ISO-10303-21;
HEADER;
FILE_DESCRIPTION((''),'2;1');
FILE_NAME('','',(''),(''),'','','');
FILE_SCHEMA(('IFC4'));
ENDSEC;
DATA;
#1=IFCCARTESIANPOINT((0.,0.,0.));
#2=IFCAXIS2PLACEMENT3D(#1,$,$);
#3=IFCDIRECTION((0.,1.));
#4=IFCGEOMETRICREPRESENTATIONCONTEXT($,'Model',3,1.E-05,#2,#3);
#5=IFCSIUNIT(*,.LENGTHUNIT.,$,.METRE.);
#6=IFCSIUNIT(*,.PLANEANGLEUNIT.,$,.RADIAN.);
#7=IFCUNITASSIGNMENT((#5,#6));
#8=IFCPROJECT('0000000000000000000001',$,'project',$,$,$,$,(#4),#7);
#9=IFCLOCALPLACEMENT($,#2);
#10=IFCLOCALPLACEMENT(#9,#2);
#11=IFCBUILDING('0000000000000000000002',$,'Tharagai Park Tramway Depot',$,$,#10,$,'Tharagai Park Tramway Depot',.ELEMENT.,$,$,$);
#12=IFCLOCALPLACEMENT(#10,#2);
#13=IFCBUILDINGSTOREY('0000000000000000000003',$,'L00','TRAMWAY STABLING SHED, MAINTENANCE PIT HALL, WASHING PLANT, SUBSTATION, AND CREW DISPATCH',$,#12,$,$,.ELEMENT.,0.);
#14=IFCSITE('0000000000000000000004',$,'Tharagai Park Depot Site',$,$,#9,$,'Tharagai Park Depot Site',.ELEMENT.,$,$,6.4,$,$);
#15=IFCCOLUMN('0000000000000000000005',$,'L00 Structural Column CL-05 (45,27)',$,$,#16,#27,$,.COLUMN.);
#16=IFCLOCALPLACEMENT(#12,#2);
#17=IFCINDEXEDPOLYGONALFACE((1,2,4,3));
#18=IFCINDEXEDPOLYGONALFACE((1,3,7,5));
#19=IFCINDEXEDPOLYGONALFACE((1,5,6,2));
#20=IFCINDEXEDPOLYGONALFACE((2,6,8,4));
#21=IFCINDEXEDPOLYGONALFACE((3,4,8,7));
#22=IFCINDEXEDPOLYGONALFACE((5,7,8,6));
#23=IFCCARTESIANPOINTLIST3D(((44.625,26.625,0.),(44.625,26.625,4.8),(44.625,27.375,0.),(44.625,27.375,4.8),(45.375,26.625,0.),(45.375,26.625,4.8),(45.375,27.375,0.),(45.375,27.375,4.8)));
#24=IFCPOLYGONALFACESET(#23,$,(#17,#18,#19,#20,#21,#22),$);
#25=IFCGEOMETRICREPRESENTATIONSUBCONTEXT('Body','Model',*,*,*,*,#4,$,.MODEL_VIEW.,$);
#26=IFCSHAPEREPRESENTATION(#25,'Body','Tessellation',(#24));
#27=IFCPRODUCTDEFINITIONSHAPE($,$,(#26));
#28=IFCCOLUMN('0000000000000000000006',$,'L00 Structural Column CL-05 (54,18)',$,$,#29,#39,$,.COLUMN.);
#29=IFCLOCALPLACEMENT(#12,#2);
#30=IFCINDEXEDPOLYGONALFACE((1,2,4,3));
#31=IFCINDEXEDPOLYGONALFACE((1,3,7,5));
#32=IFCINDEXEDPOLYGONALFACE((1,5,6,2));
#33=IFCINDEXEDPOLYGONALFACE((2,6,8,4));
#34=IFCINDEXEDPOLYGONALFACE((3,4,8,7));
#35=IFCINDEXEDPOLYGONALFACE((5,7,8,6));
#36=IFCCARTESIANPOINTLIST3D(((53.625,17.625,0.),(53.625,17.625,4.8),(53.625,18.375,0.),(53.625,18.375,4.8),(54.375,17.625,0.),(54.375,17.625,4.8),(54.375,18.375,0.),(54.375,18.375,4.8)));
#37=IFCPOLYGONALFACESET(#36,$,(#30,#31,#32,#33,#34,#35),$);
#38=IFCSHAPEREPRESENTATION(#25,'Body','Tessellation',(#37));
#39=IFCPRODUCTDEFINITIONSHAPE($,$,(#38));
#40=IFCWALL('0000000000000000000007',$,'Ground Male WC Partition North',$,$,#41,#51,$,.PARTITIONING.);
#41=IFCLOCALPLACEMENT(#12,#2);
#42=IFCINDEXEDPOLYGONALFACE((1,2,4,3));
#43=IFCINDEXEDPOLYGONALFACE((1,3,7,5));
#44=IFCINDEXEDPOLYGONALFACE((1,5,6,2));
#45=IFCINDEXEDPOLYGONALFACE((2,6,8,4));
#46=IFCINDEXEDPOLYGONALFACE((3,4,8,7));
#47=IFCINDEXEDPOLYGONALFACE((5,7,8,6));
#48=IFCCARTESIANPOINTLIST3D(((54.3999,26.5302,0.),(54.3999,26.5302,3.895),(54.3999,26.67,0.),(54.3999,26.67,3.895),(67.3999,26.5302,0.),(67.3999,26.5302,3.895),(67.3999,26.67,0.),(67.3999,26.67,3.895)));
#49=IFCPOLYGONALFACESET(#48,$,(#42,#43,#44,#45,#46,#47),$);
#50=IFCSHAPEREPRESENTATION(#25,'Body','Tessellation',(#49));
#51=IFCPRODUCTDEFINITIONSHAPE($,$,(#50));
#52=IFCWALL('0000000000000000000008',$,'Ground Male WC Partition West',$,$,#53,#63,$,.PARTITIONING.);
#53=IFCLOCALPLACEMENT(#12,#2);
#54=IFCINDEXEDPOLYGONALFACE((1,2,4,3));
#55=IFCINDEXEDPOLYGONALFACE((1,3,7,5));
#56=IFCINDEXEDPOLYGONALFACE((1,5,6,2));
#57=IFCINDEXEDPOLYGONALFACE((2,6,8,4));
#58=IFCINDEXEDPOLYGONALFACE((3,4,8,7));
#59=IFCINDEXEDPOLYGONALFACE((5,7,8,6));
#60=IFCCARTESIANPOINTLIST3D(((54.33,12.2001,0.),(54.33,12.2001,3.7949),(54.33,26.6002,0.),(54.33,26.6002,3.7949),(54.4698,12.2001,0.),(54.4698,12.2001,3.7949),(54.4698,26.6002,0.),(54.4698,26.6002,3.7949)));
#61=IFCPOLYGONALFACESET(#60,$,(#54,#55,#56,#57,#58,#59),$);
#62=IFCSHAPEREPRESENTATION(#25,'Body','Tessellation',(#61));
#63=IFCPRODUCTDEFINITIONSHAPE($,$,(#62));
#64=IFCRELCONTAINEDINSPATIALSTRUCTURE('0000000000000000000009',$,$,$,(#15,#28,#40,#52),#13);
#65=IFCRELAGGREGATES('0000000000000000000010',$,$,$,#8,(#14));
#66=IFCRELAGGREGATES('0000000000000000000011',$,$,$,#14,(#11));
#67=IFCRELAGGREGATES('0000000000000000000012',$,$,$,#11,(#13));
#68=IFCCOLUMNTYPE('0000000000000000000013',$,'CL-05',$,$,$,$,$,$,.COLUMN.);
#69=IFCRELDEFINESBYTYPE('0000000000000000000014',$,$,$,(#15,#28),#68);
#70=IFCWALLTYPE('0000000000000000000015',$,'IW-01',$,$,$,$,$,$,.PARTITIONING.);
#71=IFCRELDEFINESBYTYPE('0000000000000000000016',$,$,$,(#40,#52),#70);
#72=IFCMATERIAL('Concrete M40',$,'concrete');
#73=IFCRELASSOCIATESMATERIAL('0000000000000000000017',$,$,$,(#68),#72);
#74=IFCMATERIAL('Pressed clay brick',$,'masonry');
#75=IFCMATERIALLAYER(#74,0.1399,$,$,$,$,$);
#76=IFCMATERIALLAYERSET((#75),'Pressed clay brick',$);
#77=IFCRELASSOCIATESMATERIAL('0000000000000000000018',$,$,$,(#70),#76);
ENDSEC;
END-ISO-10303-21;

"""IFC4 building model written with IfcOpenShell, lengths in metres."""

from ifc_helpers import new_model, si_unit, direction, frame, frame_2d, origin, origin_2d, place, context, subcontext, project, spatial, rectangle, extrude, material, layer, layer_set, material_profile, profile_set, type_object, element, save


model = new_model("IFC4")

# Units and contexts
model_context = context("Model", 3, precision=1e-05, world=origin(), true_north=direction((0.0, 1.0)))
body_context = subcontext(model_context, "Body", "Model", "MODEL_VIEW")
ifc_project = project(units=[si_unit("LENGTHUNIT", "METRE"), si_unit("PLANEANGLEUNIT", "RADIAN")], contexts=[model_context])

# Site, building, storey
site_placement = place(None, origin())
site = spatial("IfcSite", under=ifc_project, at=site_placement, Name="Tharagai Park Depot Site", LongName="Tharagai Park Depot Site", CompositionType="ELEMENT", RefElevation=6.4)
building_placement = place(site_placement, origin())
building = spatial("IfcBuilding", under=site, at=building_placement, Name="Tharagai Park Tramway Depot", LongName="Tharagai Park Tramway Depot", CompositionType="ELEMENT")
storey_placement = place(building_placement, origin())
storey = spatial("IfcBuildingStorey", under=building, at=storey_placement, Name="L00", Description="TRAMWAY STABLING SHED, MAINTENANCE PIT HALL, WASHING PLANT, SUBSTATION, AND CREW DISPATCH", CompositionType="ELEMENT", Elevation=0.0)

# Shared definitions
ifc_material_1 = material(Name="Concrete M40", Category="concrete")

# Columns
ifc_material_profile_1 = material_profile(ifc_material_1, rectangle(XDim=0.75, YDim=0.75, at=origin_2d()), Name="RC 750x750")
ifc_profile_set_1 = profile_set([ifc_material_profile_1], Name="Concrete M40")
column_type = type_object("IfcColumnType", Name="CL-05", PredefinedType="COLUMN", material=ifc_profile_set_1)
for number, where, z_axis, x_axis, name in (
    (1, (45.0, 27.0, 0.0), (0.0, 0.0, 1.0), (1.0, 0.0, 0.0), "L00 Structural Column CL-05 (45,27)"),
    (2, (54.0, 18.0, 0.0), (0.0, 0.0, 1.0), (1.0, 0.0, 0.0), "L00 Structural Column CL-05 (54,18)"),
):
    element("IfcColumn", number, at=place(storey_placement, frame(where, z_axis=z_axis, x_axis=x_axis)), inside=storey, type_object=column_type, Name=name, PredefinedType="COLUMN", context=body_context, shape_type="SweptSolid", body=[
        extrude(rectangle(XDim=0.75, YDim=0.75, at=origin_2d()), origin(), (0.0, 0.0, 1.0), 4.8),
    ])

# Walls
ifc_material_2 = material(Name="Pressed clay brick", Category="masonry")
ifc_layer = layer(ifc_material_2, 0.1399)
ifc_layer_set = layer_set([ifc_layer], Name="Pressed clay brick")
wall_type = type_object("IfcWallType", Name="IW-01", PredefinedType="PARTITIONING", material=ifc_layer_set)
wall_1_placement = place(storey_placement, frame((54.3999, 26.6001, 0.0), z_axis=(0.0, 0.0, 1.0), x_axis=(1.0, 0.0, 0.0)))
element("IfcWall", 3, at=wall_1_placement, inside=storey, type_object=wall_type, Name="Ground Male WC Partition North", PredefinedType="PARTITIONING", context=body_context, shape_type="SweptSolid", body=[
    extrude(rectangle(XDim=13.0, YDim=0.1399, at=frame_2d((6.5, 0.0))), origin(), (0.0, 0.0, 1.0), 3.895),
])
wall_2_placement = place(storey_placement, frame((54.3999, 12.2, 0.0), z_axis=(0.0, 0.0, 1.0), x_axis=(0.0, 1.0, 0.0)))
element("IfcWall", 4, at=wall_2_placement, inside=storey, type_object=wall_type, Name="Ground Male WC Partition West", PredefinedType="PARTITIONING", context=body_context, shape_type="SweptSolid", body=[
    extrude(rectangle(XDim=14.4001, YDim=0.1399, at=frame_2d((7.2002, 0.0))), origin(), (0.0, 0.0, 1.0), 3.7949),
])

save(model, "model.ifc")
